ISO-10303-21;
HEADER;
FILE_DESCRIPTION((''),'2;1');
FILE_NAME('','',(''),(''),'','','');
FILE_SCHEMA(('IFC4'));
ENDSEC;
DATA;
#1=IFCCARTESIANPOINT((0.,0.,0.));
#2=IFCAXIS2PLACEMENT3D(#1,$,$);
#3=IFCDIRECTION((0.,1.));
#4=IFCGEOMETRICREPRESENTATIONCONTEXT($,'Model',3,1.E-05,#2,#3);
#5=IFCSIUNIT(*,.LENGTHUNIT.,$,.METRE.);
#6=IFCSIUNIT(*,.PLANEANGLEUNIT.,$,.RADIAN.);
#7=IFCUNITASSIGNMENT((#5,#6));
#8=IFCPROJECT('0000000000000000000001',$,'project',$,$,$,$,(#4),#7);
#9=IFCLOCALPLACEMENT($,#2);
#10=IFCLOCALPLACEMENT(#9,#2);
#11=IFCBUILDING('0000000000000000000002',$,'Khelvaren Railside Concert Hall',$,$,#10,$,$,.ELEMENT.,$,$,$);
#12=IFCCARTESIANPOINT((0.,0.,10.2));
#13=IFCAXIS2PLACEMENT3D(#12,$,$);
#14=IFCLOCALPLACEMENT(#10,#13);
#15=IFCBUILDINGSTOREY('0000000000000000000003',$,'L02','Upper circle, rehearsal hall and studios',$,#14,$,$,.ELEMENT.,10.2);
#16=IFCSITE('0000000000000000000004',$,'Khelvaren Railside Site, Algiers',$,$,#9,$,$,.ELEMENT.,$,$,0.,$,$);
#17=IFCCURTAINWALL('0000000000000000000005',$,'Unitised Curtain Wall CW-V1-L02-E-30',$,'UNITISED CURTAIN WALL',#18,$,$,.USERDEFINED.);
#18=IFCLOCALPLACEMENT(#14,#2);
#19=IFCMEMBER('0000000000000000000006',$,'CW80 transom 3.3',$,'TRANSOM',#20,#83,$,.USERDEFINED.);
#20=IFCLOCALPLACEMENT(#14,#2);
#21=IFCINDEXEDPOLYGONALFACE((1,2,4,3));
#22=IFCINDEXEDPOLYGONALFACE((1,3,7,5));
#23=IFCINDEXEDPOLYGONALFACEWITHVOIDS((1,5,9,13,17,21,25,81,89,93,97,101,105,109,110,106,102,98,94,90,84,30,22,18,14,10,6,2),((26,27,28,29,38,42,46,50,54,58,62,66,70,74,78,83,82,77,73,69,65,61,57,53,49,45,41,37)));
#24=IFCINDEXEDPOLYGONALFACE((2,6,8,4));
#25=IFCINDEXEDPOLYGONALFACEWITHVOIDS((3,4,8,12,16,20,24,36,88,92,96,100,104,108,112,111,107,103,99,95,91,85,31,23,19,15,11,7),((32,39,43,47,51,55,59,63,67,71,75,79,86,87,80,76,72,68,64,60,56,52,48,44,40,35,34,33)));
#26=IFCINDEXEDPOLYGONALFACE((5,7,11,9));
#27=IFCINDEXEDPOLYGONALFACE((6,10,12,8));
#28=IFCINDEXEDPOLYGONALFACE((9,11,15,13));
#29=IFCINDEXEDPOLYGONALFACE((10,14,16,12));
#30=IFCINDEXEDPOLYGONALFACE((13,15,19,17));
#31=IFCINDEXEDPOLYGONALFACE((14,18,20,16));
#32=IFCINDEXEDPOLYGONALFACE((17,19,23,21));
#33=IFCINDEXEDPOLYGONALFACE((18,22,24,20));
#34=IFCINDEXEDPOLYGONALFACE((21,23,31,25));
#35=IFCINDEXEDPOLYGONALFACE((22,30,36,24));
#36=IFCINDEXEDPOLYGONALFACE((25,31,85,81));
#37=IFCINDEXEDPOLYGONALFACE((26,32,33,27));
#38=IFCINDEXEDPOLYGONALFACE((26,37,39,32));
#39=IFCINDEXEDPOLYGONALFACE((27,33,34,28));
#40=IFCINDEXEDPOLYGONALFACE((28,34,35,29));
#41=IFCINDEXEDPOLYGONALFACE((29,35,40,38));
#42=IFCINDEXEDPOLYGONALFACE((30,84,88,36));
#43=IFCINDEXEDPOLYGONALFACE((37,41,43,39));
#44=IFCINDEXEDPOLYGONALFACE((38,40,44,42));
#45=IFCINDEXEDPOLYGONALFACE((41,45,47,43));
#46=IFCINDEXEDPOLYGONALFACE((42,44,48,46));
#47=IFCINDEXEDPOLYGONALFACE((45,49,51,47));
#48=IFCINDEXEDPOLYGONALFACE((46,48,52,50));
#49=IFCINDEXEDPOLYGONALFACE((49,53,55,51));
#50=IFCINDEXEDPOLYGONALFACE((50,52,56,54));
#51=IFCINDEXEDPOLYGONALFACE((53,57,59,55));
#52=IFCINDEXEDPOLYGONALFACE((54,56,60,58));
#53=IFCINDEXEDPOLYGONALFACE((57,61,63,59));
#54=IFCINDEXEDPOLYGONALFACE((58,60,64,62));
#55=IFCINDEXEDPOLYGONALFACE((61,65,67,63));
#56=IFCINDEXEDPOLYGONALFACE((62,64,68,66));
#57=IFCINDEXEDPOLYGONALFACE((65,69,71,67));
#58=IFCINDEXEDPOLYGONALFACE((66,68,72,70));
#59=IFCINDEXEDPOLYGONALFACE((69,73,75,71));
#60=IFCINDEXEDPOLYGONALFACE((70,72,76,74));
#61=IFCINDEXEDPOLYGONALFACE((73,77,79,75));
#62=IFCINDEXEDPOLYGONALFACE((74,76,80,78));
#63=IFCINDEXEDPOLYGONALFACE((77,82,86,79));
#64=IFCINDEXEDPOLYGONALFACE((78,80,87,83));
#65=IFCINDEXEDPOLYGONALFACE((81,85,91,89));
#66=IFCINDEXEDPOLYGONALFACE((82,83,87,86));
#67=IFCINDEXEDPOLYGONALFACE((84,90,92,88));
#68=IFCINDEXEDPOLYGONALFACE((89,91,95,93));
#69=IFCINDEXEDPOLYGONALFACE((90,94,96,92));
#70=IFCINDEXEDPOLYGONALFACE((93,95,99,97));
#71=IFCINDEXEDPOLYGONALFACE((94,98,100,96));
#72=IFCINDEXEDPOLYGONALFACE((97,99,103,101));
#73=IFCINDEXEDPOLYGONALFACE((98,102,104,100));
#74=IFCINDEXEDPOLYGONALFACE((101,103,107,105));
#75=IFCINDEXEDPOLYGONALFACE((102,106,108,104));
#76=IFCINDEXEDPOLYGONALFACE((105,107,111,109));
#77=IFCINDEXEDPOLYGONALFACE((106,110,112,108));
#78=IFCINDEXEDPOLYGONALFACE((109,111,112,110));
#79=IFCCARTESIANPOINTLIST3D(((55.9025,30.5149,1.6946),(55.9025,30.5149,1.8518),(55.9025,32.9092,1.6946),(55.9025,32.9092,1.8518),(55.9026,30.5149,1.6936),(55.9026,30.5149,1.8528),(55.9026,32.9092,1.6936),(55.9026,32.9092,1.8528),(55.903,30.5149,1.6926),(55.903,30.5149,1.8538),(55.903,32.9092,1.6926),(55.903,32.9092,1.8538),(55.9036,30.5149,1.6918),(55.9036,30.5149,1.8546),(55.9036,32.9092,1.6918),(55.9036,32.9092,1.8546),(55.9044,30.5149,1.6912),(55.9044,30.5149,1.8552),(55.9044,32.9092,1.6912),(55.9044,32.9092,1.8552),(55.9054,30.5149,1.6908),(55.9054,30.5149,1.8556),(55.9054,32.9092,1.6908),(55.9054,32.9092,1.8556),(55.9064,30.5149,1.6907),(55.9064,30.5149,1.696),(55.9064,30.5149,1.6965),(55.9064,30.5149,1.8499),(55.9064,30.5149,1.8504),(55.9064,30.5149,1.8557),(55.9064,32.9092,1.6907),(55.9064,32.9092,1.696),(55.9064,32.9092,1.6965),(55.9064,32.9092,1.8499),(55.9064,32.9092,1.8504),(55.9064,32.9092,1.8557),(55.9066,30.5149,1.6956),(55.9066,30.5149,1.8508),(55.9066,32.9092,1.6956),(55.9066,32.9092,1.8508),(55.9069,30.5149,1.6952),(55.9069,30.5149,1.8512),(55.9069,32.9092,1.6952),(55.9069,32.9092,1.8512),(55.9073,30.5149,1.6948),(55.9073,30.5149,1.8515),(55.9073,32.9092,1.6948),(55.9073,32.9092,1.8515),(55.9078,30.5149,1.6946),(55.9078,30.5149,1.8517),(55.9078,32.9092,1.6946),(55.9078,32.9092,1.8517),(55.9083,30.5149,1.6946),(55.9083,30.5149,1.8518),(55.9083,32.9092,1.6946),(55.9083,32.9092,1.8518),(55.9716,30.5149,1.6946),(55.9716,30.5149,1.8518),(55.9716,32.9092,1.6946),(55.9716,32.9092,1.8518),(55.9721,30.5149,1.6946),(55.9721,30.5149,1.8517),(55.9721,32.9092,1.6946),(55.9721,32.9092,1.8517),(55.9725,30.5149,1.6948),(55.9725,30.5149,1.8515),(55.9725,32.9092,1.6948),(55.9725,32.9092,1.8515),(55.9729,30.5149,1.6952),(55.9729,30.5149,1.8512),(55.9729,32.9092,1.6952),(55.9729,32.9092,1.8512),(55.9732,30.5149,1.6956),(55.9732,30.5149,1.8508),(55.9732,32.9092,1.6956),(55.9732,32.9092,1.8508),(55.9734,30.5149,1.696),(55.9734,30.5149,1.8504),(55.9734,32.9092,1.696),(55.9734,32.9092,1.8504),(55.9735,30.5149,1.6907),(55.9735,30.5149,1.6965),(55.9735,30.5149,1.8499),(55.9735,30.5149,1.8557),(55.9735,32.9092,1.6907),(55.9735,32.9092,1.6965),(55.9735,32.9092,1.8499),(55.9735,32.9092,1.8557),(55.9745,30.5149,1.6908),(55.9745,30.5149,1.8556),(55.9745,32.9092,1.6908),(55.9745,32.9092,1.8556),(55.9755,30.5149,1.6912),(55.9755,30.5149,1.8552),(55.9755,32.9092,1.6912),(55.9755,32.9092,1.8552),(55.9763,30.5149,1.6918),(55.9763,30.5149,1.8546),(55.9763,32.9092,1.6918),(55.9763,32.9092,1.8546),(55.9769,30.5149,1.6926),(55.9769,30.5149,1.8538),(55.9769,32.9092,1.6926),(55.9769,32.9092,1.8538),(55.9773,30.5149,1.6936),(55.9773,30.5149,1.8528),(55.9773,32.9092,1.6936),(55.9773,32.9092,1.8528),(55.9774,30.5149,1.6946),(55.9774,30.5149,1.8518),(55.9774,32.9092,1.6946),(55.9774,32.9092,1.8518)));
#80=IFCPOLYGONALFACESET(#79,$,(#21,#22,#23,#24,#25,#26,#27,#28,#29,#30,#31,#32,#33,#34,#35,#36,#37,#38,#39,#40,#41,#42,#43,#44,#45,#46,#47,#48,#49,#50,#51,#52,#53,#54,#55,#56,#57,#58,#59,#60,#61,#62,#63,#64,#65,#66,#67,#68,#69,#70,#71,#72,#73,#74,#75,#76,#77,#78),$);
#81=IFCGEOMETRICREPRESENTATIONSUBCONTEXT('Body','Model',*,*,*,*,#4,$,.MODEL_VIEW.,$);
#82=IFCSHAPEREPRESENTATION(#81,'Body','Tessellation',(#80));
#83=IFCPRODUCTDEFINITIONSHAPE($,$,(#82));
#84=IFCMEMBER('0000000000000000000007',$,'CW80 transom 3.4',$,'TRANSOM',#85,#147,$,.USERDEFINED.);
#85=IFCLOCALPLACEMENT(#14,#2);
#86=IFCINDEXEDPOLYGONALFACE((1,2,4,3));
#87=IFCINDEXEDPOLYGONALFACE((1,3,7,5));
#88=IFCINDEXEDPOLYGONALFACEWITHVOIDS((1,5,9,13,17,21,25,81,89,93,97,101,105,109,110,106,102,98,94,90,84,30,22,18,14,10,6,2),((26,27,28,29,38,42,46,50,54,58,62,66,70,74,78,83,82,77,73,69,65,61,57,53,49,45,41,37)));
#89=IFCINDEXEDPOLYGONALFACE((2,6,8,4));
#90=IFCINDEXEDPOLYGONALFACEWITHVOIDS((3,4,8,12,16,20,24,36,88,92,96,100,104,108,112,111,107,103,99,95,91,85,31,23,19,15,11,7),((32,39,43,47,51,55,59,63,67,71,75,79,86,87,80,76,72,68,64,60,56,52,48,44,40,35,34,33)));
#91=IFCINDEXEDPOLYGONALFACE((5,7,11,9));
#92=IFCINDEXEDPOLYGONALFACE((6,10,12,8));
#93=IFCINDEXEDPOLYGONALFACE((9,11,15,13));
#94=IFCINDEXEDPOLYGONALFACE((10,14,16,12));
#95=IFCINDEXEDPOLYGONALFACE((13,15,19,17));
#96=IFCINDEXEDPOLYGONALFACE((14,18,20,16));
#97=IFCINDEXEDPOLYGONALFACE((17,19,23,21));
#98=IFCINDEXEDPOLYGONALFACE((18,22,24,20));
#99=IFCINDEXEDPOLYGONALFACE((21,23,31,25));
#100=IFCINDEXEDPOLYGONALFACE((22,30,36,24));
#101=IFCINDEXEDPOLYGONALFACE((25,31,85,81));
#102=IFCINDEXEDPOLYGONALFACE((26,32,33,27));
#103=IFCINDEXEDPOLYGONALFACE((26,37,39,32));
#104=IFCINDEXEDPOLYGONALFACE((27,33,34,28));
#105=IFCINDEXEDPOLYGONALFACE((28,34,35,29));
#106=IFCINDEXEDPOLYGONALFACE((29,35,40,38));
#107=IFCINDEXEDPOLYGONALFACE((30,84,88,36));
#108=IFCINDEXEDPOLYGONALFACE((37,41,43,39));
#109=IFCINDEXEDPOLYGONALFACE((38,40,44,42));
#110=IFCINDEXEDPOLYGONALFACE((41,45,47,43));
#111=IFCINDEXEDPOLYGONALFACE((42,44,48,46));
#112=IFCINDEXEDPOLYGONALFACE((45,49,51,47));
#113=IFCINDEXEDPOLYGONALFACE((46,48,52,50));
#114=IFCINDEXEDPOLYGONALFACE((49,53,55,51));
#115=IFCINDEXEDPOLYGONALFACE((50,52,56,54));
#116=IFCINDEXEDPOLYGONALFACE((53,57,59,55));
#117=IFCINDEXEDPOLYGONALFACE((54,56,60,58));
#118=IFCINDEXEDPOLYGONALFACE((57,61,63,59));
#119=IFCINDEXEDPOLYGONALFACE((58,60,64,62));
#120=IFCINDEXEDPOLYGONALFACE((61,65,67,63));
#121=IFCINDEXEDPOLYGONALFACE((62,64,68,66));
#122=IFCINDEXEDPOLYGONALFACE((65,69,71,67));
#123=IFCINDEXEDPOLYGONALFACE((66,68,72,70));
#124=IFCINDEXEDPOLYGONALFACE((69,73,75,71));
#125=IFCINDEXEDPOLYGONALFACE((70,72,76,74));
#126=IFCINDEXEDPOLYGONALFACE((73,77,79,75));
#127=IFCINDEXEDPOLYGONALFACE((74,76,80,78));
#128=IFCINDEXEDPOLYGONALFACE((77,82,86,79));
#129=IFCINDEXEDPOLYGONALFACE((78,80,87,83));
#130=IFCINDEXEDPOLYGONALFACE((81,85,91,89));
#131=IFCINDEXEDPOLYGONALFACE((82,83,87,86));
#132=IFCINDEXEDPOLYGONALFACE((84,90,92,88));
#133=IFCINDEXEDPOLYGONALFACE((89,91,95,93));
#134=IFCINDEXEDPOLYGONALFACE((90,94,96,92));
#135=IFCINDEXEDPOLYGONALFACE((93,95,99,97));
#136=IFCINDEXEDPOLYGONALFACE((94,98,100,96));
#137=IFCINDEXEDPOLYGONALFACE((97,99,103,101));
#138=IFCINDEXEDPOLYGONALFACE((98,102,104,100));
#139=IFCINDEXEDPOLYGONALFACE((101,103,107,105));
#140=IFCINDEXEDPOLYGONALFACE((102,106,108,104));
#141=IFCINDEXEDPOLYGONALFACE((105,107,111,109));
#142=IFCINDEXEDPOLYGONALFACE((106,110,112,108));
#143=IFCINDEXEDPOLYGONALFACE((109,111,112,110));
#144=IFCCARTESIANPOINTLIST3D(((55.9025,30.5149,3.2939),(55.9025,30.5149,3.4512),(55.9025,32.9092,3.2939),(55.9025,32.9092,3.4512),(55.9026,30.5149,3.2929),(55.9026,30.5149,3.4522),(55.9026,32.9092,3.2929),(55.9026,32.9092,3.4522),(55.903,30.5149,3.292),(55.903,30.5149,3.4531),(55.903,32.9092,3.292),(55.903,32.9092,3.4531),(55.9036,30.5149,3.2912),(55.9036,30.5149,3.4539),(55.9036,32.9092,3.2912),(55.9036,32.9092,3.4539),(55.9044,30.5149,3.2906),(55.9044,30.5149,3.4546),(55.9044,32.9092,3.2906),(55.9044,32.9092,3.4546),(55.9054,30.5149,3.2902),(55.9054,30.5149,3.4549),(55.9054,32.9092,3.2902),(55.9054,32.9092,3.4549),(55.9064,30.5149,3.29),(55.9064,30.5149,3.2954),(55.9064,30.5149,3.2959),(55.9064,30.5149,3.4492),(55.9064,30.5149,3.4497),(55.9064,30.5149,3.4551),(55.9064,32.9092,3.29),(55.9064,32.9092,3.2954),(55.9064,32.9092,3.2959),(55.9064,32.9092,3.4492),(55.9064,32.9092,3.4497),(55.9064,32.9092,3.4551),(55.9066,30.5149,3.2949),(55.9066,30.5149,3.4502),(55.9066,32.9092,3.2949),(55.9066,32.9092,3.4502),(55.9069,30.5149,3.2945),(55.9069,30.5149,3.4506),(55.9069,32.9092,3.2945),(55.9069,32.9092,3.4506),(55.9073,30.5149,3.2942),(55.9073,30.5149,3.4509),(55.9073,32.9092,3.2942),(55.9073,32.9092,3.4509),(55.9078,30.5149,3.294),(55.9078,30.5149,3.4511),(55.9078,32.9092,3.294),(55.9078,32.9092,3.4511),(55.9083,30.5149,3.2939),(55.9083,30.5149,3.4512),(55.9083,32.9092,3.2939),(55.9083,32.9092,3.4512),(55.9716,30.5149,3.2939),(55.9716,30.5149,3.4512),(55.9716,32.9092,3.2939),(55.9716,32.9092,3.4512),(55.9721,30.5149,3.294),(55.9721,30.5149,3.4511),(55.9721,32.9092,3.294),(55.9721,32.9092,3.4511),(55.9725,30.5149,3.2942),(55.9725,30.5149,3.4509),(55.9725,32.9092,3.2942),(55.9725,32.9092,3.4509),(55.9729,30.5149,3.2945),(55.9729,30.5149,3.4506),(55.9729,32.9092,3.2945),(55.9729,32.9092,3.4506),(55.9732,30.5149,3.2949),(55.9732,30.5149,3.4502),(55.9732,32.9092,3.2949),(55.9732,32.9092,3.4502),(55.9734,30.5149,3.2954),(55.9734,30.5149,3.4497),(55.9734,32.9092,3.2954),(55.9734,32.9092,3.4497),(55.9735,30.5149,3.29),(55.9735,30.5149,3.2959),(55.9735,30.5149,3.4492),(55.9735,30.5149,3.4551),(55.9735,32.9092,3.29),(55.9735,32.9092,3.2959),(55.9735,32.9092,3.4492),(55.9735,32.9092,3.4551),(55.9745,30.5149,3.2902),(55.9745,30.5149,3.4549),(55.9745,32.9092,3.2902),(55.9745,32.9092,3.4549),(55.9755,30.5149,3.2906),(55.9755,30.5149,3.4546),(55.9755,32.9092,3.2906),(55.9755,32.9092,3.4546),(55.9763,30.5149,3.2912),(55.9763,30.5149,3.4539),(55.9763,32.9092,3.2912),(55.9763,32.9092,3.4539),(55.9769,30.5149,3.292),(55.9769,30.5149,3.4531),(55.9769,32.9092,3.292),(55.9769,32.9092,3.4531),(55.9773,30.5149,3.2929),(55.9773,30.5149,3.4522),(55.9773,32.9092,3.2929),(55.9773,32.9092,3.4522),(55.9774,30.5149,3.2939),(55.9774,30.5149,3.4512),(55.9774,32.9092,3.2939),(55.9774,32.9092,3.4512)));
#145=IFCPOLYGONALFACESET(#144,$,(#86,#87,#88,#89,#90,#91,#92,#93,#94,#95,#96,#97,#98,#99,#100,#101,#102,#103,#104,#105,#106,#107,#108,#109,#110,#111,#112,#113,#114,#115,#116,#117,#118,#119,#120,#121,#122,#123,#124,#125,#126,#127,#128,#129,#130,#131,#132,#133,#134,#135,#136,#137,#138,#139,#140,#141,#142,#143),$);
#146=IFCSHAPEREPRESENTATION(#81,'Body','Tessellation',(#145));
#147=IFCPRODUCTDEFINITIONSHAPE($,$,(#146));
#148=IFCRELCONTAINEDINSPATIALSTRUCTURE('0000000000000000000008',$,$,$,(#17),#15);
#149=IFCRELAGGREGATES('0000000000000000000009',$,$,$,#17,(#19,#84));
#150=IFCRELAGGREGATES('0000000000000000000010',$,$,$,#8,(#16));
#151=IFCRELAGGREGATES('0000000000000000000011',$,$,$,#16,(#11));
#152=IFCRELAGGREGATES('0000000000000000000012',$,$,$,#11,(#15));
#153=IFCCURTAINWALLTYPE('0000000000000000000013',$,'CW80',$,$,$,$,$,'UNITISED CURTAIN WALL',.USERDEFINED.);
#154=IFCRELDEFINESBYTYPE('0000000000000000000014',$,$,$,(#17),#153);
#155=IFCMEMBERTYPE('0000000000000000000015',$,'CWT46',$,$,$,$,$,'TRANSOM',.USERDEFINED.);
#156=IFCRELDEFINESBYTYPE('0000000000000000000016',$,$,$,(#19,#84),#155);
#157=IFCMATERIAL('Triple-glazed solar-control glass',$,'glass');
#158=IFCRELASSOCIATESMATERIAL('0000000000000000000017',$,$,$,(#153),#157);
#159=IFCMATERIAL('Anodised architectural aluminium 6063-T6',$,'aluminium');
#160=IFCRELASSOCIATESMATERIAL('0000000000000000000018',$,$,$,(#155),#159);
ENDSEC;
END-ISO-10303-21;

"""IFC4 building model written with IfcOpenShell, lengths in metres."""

from ifc_helpers import new_model, si_unit, direction, frame, origin, origin_2d, place, context, subcontext, project, spatial, hollow_rectangle, extrude, material, material_profile, profile_set, type_object, element, aggregate, save


model = new_model("IFC4")

# Units and contexts
model_context = context("Model", 3, precision=1e-05, world=origin(), true_north=direction((0.0, 1.0)))
body_context = subcontext(model_context, "Body", "Model", "MODEL_VIEW")
ifc_project = project(units=[si_unit("LENGTHUNIT", "METRE"), si_unit("PLANEANGLEUNIT", "RADIAN")], contexts=[model_context])

# Site, building, storey
site_placement = place(None, origin())
site = spatial("IfcSite", under=ifc_project, at=site_placement, Name="Khelvaren Railside Site, Algiers", CompositionType="ELEMENT", RefElevation=0.0)
building_placement = place(site_placement, origin())
building = spatial("IfcBuilding", under=site, at=building_placement, Name="Khelvaren Railside Concert Hall", CompositionType="ELEMENT")
storey_placement = place(building_placement, frame((0.0, 0.0, 10.2)))
storey = spatial("IfcBuildingStorey", under=building, at=storey_placement, Name="L02", Description="Upper circle, rehearsal hall and studios", CompositionType="ELEMENT", Elevation=10.2)

# Curtain wall
ifc_material_1 = material(Name="Triple-glazed solar-control glass", Category="glass")
curtain_wall_type_1 = type_object("IfcCurtainWallType", Name="CW80", ElementType="UNITISED CURTAIN WALL", PredefinedType="USERDEFINED", material=ifc_material_1)
curtain_wall_1_placement = place(storey_placement, origin())
curtain_wall_1 = element("IfcCurtainWall", 1, at=curtain_wall_1_placement, inside=storey, type_object=curtain_wall_type_1, Name="Unitised Curtain Wall CW-V1-L02-E-30", ObjectType="UNITISED CURTAIN WALL", PredefinedType="USERDEFINED")
ifc_material_2 = material(Name="Anodised architectural aluminium 6063-T6", Category="aluminium")

# Members
ifc_material_profile_1 = material_profile(ifc_material_2, hollow_rectangle(XDim=0.075, YDim=0.165, WallThickness=0.0039, InnerFilletRadius=0.002, OuterFilletRadius=0.0039, at=origin_2d()), Name="CWT 75x165x4")
ifc_profile_set_1 = profile_set([ifc_material_profile_1], Name="Anodised architectural aluminium 6063-T6")
member_type_1 = type_object("IfcMemberType", Name="CWT46", ElementType="TRANSOM", PredefinedType="USERDEFINED", material=ifc_profile_set_1)
member_1_placement = place(storey_placement, frame((55.9399, 32.9092, 1.7732), z_axis=(0.0, -1.0, 0.0), x_axis=(1.0, 0.0, 0.0)))
member_1 = element("IfcMember", 2, at=member_1_placement, type_object=member_type_1, Name="CW80 transom 3.3", ObjectType="TRANSOM", PredefinedType="USERDEFINED", context=body_context, shape_type="SweptSolid", body=[
    extrude(hollow_rectangle(XDim=0.075, YDim=0.165, WallThickness=0.0039, InnerFilletRadius=0.002, OuterFilletRadius=0.0039, at=origin_2d()), origin(), (0.0, 0.0, 1.0), 2.3943),
])
member_2_placement = place(storey_placement, frame((55.9399, 32.9092, 3.3726), z_axis=(0.0, -1.0, 0.0), x_axis=(1.0, 0.0, 0.0)))
member_2 = element("IfcMember", 3, at=member_2_placement, type_object=member_type_1, Name="CW80 transom 3.4", ObjectType="TRANSOM", PredefinedType="USERDEFINED", context=body_context, shape_type="SweptSolid", body=[
    extrude(hollow_rectangle(XDim=0.075, YDim=0.165, WallThickness=0.0039, InnerFilletRadius=0.002, OuterFilletRadius=0.0039, at=origin_2d()), origin(), (0.0, 0.0, 1.0), 2.3943),
])

aggregate(curtain_wall_1, [member_1, member_2])

save(model, "model.ifc")
